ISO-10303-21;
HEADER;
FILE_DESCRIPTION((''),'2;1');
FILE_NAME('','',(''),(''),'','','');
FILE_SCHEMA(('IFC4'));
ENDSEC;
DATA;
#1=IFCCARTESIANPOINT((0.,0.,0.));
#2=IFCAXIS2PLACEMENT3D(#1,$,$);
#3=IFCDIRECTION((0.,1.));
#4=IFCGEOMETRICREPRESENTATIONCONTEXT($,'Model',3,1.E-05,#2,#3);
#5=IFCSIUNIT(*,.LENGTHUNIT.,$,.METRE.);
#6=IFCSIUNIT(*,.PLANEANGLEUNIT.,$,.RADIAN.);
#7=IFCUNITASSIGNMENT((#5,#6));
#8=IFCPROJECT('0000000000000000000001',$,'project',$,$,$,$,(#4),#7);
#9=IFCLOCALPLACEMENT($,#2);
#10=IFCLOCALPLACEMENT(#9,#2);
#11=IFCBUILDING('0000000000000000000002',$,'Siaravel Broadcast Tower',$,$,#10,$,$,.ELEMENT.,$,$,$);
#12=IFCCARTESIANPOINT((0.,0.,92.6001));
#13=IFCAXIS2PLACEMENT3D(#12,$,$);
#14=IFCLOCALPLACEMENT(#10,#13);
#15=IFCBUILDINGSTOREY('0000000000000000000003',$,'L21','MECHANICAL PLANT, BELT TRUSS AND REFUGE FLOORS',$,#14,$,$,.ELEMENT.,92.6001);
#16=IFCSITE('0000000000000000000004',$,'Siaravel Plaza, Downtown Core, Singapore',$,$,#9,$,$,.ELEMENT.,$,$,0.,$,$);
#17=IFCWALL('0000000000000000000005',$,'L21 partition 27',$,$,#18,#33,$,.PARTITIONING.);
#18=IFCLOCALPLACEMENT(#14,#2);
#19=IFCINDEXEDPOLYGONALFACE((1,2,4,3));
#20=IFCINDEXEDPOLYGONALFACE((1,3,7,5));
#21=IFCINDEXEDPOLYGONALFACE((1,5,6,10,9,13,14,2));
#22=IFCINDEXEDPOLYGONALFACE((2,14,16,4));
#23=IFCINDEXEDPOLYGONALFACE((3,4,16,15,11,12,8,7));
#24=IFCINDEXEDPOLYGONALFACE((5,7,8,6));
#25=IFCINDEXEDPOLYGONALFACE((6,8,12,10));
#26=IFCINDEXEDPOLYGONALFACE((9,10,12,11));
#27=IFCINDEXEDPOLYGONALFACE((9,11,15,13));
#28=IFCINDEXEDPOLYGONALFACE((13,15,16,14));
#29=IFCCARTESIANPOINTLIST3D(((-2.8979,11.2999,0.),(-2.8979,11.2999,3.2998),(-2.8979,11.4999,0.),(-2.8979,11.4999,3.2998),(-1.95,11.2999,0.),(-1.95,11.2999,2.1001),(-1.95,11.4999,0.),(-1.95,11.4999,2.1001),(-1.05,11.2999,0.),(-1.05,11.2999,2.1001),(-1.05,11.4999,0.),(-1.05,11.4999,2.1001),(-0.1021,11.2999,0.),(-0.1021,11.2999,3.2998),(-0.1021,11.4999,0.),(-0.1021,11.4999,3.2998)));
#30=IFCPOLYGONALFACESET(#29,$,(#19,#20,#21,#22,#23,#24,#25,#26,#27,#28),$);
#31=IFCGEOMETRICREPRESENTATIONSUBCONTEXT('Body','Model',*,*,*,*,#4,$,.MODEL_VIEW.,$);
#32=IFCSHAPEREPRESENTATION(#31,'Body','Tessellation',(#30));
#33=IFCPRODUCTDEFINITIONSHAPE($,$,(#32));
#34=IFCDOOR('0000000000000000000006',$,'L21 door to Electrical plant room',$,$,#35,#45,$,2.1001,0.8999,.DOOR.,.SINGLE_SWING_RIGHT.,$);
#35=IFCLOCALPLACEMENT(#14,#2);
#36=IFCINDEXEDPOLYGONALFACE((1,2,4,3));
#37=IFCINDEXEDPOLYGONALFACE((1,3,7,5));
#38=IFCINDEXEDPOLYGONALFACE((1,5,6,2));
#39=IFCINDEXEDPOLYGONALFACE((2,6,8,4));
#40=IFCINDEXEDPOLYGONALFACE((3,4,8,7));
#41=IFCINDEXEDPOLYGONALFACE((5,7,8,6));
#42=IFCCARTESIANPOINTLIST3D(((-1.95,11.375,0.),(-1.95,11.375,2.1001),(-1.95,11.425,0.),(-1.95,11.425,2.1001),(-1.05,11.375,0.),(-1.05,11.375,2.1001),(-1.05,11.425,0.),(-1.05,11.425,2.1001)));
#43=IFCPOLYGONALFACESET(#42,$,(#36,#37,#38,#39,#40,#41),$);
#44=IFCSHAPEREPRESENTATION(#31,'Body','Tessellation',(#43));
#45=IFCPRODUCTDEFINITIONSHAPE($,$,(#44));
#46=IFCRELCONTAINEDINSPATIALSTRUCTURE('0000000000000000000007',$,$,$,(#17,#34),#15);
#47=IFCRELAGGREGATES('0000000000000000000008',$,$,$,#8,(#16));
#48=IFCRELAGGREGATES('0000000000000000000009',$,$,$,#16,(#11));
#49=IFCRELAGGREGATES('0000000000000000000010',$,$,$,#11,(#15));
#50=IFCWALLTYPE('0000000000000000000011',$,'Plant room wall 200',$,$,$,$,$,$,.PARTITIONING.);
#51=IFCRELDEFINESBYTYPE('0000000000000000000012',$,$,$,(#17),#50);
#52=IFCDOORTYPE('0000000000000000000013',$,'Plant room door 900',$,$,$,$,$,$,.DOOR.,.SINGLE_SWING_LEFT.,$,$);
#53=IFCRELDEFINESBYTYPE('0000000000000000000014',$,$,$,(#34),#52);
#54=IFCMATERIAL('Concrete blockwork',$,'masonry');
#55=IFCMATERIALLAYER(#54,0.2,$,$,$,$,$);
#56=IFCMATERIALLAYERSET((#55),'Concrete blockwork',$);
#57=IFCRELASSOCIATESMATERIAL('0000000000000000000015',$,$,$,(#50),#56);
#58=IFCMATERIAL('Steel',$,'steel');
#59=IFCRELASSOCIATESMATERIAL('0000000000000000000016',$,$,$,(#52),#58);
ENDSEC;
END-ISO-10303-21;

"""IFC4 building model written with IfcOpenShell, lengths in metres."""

from ifc_helpers import new_model, si_unit, direction, frame, frame_2d, origin, place, context, subcontext, project, spatial, rectangle, extrude, material, layer, layer_set, type_object, element, fill, save


model = new_model("IFC4")

# Units and contexts
model_context = context("Model", 3, precision=1e-05, world=origin(), true_north=direction((0.0, 1.0)))
body_context = subcontext(model_context, "Body", "Model", "MODEL_VIEW")
ifc_project = project(units=[si_unit("LENGTHUNIT", "METRE"), si_unit("PLANEANGLEUNIT", "RADIAN")], contexts=[model_context])

# Site, building, storey
site_placement = place(None, origin())
site = spatial("IfcSite", under=ifc_project, at=site_placement, Name="Siaravel Plaza, Downtown Core, Singapore", CompositionType="ELEMENT", RefElevation=0.0)
building_placement = place(site_placement, origin())
building = spatial("IfcBuilding", under=site, at=building_placement, Name="Siaravel Broadcast Tower", CompositionType="ELEMENT")
storey_placement = place(building_placement, frame((0.0, 0.0, 92.6001)))
storey = spatial("IfcBuildingStorey", under=building, at=storey_placement, Name="L21", Description="MECHANICAL PLANT, BELT TRUSS AND REFUGE FLOORS", CompositionType="ELEMENT", Elevation=92.6001)

# Shared definitions
ifc_material_1 = material(Name="Concrete blockwork", Category="masonry")
ifc_layer = layer(ifc_material_1, 0.2)
ifc_layer_set = layer_set([ifc_layer], Name="Concrete blockwork")
wall_type = type_object("IfcWallType", Name="Plant room wall 200", PredefinedType="PARTITIONING", material=ifc_layer_set)

# Wall, opening, door
ifc_material_2 = material(Name="Steel", Category="steel")
door_type = type_object("IfcDoorType", Name="Plant room door 900", OperationType="SINGLE_SWING_LEFT", PredefinedType="DOOR", material=ifc_material_2)
wall_1_placement = place(storey_placement, frame((-0.1021, 11.3999, 0.0), z_axis=(0.0, 0.0, 1.0), x_axis=(-1.0, 0.0, 0.0)))
wall_1 = element("IfcWall", 1, at=wall_1_placement, inside=storey, type_object=wall_type, Name="L21 partition 27", PredefinedType="PARTITIONING", context=body_context, shape_type="SweptSolid", body=[
    extrude(rectangle(XDim=2.7959, YDim=0.2, at=frame_2d((1.3979, 0.0))), origin(), (0.0, 0.0, 1.0), 3.2998),
])
opening_1_placement = place(wall_1_placement, frame((0.948, 0.0, 0.0)))
opening_1 = element("IfcOpeningElement", 2, at=opening_1_placement, cuts=wall_1, PredefinedType="OPENING", context=body_context, shape_type="SweptSolid", body=[
    extrude(rectangle(XDim=0.8999, YDim=2.1001, at=frame_2d((0.45, 1.05))), frame((0.0, 0.1099, 0.0), z_axis=(0.0, -1.0, 0.0), x_axis=(1.0, 0.0, 0.0)), (0.0, 0.0, 1.0), 0.22),
])
door_1_placement = place(opening_1_placement, origin())
door_1 = element("IfcDoor", 3, at=door_1_placement, inside=storey, type_object=door_type, Name="L21 door to Electrical plant room", OperationType="SINGLE_SWING_RIGHT", OverallHeight=2.1001, OverallWidth=0.8999, PredefinedType="DOOR", context=body_context, shape_type="SweptSolid", body=[
    extrude(rectangle(XDim=0.8999, YDim=2.1001, at=frame_2d((0.45, 1.05))), frame((0.0, 0.0249, 0.0), z_axis=(0.0, -1.0, 0.0), x_axis=(1.0, 0.0, 0.0)), (0.0, 0.0, 1.0), 0.05),
])
fill(opening_1, door_1)

save(model, "model.ifc")
